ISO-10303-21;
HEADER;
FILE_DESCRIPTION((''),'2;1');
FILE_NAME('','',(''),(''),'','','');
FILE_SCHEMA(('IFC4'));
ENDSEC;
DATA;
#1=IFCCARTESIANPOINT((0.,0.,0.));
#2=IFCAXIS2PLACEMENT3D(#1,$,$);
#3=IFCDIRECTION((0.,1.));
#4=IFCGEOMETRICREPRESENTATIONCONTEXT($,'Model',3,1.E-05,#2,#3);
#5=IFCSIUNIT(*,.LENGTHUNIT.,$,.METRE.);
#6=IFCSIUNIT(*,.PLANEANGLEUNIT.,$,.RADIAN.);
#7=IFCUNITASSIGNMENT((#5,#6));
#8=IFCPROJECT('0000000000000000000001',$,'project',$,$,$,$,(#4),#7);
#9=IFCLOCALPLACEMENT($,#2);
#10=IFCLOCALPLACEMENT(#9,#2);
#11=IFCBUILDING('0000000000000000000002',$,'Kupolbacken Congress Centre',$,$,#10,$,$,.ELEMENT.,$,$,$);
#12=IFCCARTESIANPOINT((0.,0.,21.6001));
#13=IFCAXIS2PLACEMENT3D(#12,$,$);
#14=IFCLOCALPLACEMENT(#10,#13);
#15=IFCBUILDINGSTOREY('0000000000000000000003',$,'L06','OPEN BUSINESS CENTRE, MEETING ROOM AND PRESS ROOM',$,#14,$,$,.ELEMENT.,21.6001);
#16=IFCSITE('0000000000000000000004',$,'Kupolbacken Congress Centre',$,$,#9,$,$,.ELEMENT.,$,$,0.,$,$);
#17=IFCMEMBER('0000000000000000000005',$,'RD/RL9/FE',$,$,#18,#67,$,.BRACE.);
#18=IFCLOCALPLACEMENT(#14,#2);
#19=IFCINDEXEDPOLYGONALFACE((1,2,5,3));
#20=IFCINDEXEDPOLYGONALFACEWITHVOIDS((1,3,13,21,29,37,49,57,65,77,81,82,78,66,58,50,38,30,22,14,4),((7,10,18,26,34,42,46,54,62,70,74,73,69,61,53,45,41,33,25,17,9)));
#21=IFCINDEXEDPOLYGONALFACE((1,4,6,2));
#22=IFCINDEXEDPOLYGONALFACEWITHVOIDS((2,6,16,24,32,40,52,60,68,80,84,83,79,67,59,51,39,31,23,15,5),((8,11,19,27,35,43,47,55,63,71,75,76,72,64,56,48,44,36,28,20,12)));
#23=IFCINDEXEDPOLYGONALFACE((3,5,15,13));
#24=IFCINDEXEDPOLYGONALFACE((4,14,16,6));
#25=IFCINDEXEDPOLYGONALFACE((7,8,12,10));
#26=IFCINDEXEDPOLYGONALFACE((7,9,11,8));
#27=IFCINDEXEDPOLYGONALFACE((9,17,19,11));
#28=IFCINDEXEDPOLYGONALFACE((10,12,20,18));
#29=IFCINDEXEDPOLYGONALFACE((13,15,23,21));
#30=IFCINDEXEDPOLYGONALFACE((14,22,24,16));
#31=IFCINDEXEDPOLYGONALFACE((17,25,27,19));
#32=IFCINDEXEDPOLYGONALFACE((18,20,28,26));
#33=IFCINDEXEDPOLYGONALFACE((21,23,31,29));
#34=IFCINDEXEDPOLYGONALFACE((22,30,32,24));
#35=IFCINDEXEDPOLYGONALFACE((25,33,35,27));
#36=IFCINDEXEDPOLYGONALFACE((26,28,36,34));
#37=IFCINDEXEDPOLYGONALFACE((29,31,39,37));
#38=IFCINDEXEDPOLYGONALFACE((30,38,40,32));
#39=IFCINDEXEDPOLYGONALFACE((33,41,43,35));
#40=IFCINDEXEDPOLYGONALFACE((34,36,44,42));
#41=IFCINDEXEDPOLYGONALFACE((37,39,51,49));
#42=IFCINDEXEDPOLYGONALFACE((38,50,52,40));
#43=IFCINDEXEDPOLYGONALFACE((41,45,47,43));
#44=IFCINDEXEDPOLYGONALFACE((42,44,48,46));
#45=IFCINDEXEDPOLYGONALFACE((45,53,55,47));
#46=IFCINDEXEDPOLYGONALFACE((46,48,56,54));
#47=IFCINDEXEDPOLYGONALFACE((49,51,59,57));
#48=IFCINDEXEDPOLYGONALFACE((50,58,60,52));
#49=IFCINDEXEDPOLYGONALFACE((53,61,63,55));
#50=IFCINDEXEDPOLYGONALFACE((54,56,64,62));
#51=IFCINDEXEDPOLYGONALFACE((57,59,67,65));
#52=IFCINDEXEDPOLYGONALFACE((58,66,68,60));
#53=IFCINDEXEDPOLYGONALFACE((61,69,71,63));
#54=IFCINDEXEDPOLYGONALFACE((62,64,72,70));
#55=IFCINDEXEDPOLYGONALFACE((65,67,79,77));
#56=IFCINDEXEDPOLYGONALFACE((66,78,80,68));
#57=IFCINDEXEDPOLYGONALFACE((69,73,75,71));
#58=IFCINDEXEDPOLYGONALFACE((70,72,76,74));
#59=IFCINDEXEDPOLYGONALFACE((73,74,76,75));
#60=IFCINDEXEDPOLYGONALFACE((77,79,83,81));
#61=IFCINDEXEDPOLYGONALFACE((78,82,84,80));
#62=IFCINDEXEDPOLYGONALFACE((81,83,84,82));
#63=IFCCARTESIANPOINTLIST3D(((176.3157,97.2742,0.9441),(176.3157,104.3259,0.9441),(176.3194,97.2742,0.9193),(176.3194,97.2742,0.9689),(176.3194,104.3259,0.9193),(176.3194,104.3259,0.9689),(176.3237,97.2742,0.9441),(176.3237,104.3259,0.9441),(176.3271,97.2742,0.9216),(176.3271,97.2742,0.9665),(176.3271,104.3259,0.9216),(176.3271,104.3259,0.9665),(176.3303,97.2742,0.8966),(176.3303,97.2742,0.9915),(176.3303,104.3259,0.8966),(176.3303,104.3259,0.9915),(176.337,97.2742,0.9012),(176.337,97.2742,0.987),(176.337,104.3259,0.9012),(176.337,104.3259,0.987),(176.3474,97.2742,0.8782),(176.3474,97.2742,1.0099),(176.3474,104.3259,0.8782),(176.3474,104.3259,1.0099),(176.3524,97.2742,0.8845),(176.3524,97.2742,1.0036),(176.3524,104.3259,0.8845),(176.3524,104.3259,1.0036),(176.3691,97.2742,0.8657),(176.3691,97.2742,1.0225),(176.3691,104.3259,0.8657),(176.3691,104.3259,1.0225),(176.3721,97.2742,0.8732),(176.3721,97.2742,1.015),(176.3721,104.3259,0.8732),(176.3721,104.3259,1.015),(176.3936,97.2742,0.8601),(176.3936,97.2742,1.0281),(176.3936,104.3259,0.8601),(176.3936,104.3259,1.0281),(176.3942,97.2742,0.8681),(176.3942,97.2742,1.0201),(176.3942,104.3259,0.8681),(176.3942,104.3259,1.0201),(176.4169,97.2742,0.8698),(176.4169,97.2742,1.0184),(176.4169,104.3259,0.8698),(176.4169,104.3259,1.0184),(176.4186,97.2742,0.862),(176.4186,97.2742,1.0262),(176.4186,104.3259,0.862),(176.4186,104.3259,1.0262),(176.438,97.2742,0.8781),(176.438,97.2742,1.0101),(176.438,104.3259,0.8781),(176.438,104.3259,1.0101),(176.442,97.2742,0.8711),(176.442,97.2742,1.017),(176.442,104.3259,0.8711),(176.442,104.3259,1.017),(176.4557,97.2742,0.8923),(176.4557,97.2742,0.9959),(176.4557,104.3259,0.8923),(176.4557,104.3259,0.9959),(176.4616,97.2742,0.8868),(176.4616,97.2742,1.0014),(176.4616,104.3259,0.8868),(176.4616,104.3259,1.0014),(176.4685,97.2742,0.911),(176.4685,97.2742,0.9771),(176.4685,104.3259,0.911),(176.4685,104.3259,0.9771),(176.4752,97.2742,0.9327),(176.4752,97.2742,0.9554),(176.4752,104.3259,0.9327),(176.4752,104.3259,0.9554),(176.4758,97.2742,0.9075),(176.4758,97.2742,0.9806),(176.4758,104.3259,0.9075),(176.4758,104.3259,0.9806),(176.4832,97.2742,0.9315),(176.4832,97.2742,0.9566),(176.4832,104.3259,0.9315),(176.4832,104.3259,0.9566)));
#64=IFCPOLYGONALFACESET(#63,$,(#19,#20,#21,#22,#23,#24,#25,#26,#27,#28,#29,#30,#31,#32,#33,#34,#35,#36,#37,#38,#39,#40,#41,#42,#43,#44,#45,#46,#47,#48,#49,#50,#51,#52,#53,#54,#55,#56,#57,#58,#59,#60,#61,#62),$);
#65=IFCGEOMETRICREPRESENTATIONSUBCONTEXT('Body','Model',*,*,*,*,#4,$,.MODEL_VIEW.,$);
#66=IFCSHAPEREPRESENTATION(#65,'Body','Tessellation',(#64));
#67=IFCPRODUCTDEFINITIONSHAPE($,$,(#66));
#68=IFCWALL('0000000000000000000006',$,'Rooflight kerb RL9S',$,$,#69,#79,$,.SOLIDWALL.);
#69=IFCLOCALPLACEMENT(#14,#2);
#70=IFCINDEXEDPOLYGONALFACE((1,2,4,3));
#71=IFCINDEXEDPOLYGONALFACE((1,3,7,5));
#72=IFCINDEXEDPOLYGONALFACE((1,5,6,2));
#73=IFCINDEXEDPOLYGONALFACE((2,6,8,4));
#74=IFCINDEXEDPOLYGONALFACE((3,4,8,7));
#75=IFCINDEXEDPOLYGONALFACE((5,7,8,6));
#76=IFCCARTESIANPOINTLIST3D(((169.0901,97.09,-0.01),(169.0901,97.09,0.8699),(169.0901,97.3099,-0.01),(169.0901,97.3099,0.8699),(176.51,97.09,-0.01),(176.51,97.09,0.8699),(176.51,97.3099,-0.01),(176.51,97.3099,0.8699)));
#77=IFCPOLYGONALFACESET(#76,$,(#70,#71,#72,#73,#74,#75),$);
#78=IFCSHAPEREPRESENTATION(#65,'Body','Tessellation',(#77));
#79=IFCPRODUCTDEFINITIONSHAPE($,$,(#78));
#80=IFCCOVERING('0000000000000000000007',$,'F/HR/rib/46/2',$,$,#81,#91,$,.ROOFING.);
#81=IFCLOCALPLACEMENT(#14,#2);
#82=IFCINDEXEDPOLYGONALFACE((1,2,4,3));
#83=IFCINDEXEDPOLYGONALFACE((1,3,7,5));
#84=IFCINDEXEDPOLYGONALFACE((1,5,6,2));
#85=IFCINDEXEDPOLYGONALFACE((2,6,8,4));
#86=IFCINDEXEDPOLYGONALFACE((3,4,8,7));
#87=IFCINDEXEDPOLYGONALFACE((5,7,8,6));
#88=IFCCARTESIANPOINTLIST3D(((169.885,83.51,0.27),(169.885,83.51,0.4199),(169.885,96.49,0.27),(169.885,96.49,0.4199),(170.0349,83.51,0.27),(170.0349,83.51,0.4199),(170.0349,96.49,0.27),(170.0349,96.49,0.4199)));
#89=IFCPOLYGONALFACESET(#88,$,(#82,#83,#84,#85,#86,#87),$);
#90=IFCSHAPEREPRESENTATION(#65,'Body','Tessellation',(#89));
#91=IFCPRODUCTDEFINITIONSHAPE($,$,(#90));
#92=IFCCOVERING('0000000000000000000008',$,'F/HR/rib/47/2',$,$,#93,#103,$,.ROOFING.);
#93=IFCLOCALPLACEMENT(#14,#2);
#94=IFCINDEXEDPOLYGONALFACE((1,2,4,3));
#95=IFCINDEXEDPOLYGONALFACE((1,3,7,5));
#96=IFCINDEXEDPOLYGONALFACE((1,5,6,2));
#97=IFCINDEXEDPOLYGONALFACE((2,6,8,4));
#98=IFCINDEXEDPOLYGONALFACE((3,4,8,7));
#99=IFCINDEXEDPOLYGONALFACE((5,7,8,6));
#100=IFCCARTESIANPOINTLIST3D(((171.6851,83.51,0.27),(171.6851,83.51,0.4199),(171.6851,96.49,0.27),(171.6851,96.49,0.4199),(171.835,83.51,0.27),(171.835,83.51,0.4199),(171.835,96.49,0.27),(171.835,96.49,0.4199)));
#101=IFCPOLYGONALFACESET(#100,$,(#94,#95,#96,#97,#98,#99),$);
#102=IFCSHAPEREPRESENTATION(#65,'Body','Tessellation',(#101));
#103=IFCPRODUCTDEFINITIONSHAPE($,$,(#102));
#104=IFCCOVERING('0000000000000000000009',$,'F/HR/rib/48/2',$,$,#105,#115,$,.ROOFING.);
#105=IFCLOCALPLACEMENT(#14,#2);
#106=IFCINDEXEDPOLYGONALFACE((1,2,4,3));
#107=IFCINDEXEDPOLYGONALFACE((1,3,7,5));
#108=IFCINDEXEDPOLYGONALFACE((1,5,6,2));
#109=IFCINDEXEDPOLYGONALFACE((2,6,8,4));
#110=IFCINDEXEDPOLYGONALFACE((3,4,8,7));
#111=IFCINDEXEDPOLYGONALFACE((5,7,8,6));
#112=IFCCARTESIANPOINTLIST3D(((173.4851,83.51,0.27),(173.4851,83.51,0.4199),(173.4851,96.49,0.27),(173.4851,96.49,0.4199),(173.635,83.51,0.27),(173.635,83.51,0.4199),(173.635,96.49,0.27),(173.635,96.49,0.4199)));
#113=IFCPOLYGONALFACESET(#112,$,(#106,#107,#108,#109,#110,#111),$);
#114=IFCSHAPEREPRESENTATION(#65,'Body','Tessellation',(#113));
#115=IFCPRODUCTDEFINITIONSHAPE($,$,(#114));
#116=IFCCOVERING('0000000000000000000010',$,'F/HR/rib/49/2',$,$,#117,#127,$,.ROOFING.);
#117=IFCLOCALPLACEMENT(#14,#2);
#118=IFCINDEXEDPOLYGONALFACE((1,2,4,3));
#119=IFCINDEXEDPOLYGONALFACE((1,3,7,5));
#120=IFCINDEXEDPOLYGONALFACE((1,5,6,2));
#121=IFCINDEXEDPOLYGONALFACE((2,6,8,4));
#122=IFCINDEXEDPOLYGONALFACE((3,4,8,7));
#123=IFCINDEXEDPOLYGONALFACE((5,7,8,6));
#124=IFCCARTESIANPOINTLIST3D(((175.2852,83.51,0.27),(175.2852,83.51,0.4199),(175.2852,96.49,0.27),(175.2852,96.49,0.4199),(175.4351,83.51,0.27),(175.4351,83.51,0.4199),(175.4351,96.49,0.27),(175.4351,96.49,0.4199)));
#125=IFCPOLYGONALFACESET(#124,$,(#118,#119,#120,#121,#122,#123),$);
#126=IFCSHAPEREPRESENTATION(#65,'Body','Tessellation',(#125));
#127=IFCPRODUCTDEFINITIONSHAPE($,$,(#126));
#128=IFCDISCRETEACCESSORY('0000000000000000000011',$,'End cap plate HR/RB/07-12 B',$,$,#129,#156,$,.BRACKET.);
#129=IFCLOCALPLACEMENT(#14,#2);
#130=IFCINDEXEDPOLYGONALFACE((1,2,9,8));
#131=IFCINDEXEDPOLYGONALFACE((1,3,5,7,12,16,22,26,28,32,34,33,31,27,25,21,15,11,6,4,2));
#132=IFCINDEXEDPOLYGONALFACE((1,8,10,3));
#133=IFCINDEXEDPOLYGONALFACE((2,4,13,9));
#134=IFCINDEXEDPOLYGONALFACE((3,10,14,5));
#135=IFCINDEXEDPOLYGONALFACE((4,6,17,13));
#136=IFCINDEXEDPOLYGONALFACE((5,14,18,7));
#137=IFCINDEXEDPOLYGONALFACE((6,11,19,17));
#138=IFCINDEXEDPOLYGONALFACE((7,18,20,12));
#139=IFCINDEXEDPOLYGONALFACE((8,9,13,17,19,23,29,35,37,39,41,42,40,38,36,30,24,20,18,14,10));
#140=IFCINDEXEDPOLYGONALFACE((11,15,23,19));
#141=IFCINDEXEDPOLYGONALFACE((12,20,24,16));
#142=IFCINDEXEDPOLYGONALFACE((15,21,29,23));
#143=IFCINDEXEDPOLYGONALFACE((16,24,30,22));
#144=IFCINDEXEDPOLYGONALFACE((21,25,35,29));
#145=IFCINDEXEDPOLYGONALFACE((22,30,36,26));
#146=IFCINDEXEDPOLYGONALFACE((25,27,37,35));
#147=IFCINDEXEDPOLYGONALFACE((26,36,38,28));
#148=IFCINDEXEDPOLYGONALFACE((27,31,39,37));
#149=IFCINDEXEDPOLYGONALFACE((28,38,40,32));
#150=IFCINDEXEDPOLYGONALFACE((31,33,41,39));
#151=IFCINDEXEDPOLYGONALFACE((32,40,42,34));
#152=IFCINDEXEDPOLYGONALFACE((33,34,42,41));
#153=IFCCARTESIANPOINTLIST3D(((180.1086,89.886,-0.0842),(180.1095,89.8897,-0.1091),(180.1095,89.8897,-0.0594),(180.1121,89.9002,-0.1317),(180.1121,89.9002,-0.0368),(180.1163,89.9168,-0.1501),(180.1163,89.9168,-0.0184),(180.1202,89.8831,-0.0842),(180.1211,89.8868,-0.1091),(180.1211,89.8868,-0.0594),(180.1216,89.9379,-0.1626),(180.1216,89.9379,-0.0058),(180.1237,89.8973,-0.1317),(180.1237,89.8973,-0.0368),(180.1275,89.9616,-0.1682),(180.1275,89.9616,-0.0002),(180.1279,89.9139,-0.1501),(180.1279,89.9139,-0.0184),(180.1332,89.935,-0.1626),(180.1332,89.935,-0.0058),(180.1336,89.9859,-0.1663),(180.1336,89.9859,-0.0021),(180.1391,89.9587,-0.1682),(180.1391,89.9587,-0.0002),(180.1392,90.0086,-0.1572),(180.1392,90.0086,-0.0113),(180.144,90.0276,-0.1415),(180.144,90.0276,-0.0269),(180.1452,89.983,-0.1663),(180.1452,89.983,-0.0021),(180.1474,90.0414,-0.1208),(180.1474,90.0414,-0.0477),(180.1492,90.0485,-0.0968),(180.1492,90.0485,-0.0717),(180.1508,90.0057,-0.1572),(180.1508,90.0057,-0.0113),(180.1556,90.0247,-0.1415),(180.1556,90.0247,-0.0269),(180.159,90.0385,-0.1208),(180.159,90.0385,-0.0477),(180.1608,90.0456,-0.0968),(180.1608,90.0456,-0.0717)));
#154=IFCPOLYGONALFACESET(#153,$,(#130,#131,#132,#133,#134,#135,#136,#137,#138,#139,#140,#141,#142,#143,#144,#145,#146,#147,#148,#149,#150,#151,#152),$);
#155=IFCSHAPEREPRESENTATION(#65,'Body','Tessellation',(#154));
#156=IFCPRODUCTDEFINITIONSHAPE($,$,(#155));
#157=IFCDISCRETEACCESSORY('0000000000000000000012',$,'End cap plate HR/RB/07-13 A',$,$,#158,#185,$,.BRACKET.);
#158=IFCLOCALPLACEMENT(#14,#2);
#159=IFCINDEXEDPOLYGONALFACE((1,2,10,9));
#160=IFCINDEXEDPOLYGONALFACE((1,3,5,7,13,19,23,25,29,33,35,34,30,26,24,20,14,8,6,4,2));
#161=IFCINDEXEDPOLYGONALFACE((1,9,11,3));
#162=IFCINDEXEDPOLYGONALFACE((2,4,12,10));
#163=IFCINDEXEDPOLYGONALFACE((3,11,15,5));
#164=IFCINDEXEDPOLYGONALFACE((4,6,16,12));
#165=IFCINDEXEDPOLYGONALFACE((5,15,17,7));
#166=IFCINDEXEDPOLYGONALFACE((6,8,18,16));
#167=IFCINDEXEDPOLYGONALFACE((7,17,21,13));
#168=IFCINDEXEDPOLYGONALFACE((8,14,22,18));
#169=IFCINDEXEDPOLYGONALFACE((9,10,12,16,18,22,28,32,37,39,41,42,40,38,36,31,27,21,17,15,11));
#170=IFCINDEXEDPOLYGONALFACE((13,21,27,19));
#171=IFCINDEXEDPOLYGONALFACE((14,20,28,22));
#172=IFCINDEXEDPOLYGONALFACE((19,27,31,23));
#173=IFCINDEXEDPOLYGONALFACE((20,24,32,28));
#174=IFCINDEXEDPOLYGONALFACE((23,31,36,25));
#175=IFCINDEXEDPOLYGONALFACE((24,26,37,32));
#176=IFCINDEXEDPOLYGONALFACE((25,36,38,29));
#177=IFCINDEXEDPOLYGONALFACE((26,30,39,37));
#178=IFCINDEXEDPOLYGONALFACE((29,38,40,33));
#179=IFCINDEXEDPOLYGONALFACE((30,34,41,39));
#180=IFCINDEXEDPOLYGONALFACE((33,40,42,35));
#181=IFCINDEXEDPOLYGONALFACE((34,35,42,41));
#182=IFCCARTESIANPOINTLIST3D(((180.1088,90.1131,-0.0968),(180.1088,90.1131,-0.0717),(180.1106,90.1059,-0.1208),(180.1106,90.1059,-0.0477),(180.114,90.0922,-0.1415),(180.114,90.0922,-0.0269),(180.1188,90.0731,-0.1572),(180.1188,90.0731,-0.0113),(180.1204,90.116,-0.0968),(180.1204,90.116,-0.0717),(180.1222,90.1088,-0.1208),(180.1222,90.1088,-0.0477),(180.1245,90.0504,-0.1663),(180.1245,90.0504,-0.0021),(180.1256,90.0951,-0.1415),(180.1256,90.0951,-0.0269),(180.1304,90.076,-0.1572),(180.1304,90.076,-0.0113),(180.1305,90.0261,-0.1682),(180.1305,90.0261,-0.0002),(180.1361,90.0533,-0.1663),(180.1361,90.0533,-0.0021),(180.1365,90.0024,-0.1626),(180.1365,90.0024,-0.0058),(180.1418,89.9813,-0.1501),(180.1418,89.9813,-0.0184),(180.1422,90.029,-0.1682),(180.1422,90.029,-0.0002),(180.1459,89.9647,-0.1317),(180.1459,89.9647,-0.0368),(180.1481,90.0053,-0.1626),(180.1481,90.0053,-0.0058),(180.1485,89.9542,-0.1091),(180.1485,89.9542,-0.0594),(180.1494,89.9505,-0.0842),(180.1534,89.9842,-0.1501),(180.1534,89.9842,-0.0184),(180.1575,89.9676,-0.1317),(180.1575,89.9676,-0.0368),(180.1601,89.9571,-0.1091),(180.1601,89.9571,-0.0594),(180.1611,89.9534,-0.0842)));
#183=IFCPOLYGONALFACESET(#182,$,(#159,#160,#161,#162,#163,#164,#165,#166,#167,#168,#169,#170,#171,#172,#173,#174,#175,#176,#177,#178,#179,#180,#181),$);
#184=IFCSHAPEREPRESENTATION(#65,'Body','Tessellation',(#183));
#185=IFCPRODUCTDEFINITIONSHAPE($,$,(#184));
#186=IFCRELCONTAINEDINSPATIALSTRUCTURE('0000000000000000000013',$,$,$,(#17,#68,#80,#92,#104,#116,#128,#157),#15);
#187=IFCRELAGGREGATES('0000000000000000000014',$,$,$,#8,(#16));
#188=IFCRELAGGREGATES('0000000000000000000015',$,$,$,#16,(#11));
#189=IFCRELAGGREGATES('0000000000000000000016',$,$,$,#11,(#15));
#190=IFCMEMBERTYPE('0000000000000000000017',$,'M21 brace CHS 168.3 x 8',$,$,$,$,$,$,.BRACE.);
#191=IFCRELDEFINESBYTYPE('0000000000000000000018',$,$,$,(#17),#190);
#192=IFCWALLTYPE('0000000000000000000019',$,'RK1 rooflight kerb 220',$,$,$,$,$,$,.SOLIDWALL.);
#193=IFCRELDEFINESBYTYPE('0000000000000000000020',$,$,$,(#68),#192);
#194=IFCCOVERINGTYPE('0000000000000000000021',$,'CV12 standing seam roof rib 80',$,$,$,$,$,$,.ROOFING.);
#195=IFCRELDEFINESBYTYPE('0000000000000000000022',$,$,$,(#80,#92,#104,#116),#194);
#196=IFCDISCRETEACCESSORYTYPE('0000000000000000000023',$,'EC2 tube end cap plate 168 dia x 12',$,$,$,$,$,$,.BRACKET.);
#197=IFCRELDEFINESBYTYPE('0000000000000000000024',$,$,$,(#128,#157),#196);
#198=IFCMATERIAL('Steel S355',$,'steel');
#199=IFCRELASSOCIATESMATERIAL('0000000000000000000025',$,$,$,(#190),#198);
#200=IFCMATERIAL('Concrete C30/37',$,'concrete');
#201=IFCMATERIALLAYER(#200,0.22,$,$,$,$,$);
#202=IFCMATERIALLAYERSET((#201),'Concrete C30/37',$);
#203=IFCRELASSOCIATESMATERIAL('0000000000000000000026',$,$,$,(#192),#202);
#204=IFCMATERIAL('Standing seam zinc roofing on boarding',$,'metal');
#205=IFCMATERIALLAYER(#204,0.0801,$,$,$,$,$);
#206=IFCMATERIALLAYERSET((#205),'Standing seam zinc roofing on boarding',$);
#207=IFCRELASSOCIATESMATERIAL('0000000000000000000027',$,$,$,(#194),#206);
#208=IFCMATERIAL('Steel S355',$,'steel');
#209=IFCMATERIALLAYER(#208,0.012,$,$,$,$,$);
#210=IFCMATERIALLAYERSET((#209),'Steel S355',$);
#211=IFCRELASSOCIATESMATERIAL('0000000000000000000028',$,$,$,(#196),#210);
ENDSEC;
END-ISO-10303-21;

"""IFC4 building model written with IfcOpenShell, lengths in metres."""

from ifc_helpers import new_model, si_unit, direction, frame, frame_2d, origin, origin_2d, place, context, subcontext, project, spatial, rectangle, circle, hollow_circle, extrude, material, layer, layer_set, material_profile, profile_set, type_object, element, save


model = new_model("IFC4")

# Units and contexts
model_context = context("Model", 3, precision=1e-05, world=origin(), true_north=direction((0.0, 1.0)))
body_context = subcontext(model_context, "Body", "Model", "MODEL_VIEW")
ifc_project = project(units=[si_unit("LENGTHUNIT", "METRE"), si_unit("PLANEANGLEUNIT", "RADIAN")], contexts=[model_context])

# Site, building, storey
site_placement = place(None, origin())
site = spatial("IfcSite", under=ifc_project, at=site_placement, Name="Kupolbacken Congress Centre", CompositionType="ELEMENT", RefElevation=0.0)
building_placement = place(site_placement, origin())
building = spatial("IfcBuilding", under=site, at=building_placement, Name="Kupolbacken Congress Centre", CompositionType="ELEMENT")
storey_placement = place(building_placement, frame((0.0, 0.0, 21.6001)))
storey = spatial("IfcBuildingStorey", under=building, at=storey_placement, Name="L06", Description="OPEN BUSINESS CENTRE, MEETING ROOM AND PRESS ROOM", CompositionType="ELEMENT", Elevation=21.6001)

# Member
ifc_material_1 = material(Name="Steel S355", Category="steel")
ifc_material_profile_1 = material_profile(ifc_material_1, hollow_circle(Radius=0.0842, WallThickness=0.0081, at=origin_2d()), Name="CHS 168.3 x 8")
ifc_profile_set_1 = profile_set([ifc_material_profile_1], Name="Steel S355")
member_type_1 = type_object("IfcMemberType", Name="M21 brace CHS 168.3 x 8", PredefinedType="BRACE", material=ifc_profile_set_1)
for number, where, z_axis, x_axis, name in (
    (1, (176.3999, 97.2742, 0.9441), (0.0, 1.0, 0.0), (-1.0, 0.0, 0.0), "RD/RL9/FE"),
):
    element("IfcMember", number, at=place(storey_placement, frame(where, z_axis=z_axis, x_axis=x_axis)), inside=storey, type_object=member_type_1, Name=name, PredefinedType="BRACE", context=body_context, shape_type="SweptSolid", body=[
        extrude(hollow_circle(Radius=0.0842, WallThickness=0.0081, at=origin_2d()), origin(), (0.0, 0.0, 1.0), 7.0518),
    ])

# Wall
ifc_material_2 = material(Name="Concrete C30/37", Category="concrete")
ifc_layer_1 = layer(ifc_material_2, 0.22)
ifc_layer_set_1 = layer_set([ifc_layer_1], Name="Concrete C30/37")
wall_type = type_object("IfcWallType", Name="RK1 rooflight kerb 220", PredefinedType="SOLIDWALL", material=ifc_layer_set_1)
wall_placement = place(storey_placement, frame((169.0901, 97.2, -0.01), z_axis=(0.0, 0.0, 1.0), x_axis=(1.0, 0.0, 0.0)))
element("IfcWall", 2, at=wall_placement, inside=storey, type_object=wall_type, Name="Rooflight kerb RL9S", PredefinedType="SOLIDWALL", context=body_context, shape_type="SweptSolid", body=[
    extrude(rectangle(XDim=7.4199, YDim=0.22, at=frame_2d((3.71, 0.0))), origin(), (0.0, 0.0, 1.0), 0.8799),
])

# Coverings
ifc_material_3 = material(Name="Standing seam zinc roofing on boarding", Category="metal")
ifc_layer_2 = layer(ifc_material_3, 0.0801)
ifc_layer_set_2 = layer_set([ifc_layer_2], Name="Standing seam zinc roofing on boarding")
covering_type = type_object("IfcCoveringType", Name="CV12 standing seam roof rib 80", PredefinedType="ROOFING", material=ifc_layer_set_2)
for number, where, z_axis, x_axis, name in (
    (3, (169.96, 90.0, 0.27), (0.0, 0.0, 1.0), (0.0, 1.0, 0.0), "F/HR/rib/46/2"),
    (4, (171.76, 90.0, 0.27), (0.0, 0.0, 1.0), (0.0, 1.0, 0.0), "F/HR/rib/47/2"),
    (5, (173.5601, 90.0, 0.27), (0.0, 0.0, 1.0), (0.0, 1.0, 0.0), "F/HR/rib/48/2"),
    (6, (175.3601, 90.0, 0.27), (0.0, 0.0, 1.0), (0.0, 1.0, 0.0), "F/HR/rib/49/2"),
):
    element("IfcCovering", number, at=place(storey_placement, frame(where, z_axis=z_axis, x_axis=x_axis)), inside=storey, type_object=covering_type, Name=name, PredefinedType="ROOFING", context=body_context, shape_type="SweptSolid", body=[
        extrude(rectangle(XDim=12.98, YDim=0.1499, at=origin_2d()), origin(), (0.0, 0.0, 1.0), 0.1499),
    ])

# Discrete accessories
ifc_material_4 = material(Name="Steel S355", Category="steel")
ifc_layer_3 = layer(ifc_material_4, 0.012)
ifc_layer_set_3 = layer_set([ifc_layer_3], Name="Steel S355")
discrete_accessory_type = type_object("IfcDiscreteAccessoryType", Name="EC2 tube end cap plate 168 dia x 12", PredefinedType="BRACKET", material=ifc_layer_set_3)
for number, where, z_axis, x_axis, name in (
    (7, (180.1406, 89.9648, -0.0842), (-0.970143, 0.242536, 0.0), (-0.242536, -0.970143, 0.0), "End cap plate HR/RB/07-12 B"),
    (8, (180.1406, 90.0352, -0.0842), (-0.970143, -0.242536, 0.0), (0.242536, -0.970143, 0.0), "End cap plate HR/RB/07-13 A"),
):
    element("IfcDiscreteAccessory", number, at=place(storey_placement, frame(where, z_axis=z_axis, x_axis=x_axis)), inside=storey, type_object=discrete_accessory_type, Name=name, PredefinedType="BRACKET", context=body_context, shape_type="SweptSolid", body=[
        extrude(circle(Radius=0.0842, at=origin_2d()), origin(), (0.0, 0.0, 1.0), 0.012),
    ])

save(model, "model.ifc")
